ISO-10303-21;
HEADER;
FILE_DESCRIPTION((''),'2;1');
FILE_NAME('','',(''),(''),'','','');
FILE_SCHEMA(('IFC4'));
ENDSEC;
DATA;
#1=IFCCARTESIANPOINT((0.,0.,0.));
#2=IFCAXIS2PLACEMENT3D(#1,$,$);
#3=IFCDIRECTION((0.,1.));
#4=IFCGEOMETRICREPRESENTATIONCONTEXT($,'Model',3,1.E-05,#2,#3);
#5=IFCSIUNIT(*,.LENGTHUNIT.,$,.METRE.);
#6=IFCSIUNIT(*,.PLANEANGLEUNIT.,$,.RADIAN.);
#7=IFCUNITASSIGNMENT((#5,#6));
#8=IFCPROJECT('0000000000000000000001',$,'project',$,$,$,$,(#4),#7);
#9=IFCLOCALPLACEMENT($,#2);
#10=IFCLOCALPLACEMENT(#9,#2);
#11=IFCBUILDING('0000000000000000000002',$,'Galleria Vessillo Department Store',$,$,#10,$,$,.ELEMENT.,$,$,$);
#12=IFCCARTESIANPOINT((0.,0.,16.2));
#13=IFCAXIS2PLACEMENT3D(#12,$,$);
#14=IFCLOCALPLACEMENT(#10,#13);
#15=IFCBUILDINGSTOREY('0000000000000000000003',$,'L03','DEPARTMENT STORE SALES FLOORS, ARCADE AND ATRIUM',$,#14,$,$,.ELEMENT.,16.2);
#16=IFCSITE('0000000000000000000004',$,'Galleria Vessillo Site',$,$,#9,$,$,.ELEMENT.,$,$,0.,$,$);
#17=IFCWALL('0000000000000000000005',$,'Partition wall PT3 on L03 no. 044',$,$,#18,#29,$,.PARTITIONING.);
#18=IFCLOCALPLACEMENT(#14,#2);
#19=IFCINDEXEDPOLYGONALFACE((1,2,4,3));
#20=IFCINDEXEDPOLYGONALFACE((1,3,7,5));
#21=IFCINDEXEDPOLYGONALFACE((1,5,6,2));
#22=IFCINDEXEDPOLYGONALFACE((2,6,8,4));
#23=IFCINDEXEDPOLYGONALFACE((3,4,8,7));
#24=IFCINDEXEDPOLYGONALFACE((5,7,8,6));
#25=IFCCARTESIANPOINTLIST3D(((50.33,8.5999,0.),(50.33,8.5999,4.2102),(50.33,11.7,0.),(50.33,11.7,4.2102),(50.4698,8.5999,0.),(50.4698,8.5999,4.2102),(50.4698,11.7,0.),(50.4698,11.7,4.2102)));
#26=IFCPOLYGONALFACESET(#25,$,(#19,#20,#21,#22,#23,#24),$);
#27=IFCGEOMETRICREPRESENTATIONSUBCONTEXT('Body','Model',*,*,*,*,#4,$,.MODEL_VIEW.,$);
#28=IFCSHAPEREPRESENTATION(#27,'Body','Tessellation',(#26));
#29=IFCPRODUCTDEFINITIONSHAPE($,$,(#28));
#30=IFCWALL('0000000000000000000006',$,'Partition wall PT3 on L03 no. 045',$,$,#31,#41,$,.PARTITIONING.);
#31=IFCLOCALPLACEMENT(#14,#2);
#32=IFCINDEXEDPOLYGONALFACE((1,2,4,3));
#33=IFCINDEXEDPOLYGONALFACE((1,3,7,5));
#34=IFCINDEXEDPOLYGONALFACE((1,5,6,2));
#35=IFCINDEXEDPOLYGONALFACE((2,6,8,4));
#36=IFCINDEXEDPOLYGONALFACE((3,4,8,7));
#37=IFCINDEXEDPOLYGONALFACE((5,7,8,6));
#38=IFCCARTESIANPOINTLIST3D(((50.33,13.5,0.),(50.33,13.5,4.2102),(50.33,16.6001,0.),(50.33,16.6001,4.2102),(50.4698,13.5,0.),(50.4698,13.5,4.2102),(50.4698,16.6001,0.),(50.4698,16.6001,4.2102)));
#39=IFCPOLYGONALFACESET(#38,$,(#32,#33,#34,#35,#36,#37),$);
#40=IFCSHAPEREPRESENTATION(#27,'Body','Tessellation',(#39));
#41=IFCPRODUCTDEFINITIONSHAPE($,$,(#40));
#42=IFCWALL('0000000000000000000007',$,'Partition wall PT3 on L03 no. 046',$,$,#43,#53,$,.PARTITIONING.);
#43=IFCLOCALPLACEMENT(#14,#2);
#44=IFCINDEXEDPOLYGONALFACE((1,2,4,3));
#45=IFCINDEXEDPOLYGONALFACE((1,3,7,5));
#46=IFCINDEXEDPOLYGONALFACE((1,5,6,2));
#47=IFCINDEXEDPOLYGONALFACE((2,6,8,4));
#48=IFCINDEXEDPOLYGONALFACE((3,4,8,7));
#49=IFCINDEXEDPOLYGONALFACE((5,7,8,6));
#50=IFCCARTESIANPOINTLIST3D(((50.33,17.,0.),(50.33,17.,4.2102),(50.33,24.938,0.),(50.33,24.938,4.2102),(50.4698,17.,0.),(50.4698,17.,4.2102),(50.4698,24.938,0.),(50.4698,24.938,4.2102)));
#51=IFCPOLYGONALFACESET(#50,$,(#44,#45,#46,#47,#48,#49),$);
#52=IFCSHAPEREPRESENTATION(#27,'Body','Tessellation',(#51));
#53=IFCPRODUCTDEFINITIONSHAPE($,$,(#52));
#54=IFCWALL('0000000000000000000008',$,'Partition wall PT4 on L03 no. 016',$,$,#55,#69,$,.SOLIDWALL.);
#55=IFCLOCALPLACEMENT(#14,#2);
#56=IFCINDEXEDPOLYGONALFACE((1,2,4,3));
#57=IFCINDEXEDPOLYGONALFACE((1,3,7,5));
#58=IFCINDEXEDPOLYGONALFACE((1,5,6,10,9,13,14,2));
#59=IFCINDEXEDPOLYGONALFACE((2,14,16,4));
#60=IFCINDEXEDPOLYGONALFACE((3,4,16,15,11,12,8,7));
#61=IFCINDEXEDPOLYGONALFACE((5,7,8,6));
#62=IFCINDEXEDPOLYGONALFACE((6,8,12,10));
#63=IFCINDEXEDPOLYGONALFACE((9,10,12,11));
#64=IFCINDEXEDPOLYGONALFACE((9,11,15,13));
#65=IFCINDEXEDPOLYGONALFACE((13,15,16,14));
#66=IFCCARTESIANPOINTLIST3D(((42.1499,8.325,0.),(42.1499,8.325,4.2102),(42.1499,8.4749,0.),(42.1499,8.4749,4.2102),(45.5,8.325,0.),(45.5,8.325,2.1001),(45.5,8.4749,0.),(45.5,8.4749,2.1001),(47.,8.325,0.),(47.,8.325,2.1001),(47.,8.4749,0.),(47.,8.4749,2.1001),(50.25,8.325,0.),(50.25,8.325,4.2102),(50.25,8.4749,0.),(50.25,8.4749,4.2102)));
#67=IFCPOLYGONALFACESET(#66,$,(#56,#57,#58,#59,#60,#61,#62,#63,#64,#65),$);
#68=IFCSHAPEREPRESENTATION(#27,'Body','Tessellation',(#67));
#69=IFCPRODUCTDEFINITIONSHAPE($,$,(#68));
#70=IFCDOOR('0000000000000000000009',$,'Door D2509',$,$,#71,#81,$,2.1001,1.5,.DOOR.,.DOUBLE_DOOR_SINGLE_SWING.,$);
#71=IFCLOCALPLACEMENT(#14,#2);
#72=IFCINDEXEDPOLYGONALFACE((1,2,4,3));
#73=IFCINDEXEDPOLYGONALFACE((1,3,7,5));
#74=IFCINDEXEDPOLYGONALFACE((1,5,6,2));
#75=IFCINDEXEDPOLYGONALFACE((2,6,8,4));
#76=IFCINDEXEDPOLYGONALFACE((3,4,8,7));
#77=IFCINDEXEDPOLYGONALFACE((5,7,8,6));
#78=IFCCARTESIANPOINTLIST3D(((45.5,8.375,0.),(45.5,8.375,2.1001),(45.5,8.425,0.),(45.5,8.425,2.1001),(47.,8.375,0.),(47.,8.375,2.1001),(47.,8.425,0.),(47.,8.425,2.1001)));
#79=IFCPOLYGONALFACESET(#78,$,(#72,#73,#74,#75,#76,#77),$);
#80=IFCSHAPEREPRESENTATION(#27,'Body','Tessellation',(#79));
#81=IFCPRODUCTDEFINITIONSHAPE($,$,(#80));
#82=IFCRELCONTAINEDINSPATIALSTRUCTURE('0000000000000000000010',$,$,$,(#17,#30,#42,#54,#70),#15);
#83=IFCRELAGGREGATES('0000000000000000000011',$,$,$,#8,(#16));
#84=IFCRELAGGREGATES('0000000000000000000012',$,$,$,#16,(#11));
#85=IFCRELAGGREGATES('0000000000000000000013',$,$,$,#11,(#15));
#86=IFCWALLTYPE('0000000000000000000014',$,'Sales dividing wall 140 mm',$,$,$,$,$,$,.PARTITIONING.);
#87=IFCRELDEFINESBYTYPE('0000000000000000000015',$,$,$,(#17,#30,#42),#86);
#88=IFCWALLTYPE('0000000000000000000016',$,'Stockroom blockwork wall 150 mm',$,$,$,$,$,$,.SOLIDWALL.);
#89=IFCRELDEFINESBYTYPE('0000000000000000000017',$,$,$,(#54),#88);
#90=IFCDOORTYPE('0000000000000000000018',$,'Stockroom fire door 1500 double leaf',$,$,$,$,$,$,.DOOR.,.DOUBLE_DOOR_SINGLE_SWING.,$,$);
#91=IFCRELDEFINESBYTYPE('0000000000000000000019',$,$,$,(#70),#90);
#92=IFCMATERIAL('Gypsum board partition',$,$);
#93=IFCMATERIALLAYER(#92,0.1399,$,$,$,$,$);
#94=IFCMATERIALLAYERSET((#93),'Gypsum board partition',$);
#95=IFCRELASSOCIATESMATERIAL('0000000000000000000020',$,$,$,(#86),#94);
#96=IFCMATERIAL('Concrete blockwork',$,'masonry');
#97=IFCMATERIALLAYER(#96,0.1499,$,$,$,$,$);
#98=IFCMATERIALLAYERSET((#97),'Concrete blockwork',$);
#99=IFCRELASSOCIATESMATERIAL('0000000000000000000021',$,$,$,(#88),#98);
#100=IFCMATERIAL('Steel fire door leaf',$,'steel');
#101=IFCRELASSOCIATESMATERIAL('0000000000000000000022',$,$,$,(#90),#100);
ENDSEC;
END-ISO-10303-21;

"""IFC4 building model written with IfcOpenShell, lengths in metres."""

from ifc_helpers import new_model, si_unit, direction, frame, frame_2d, origin, place, context, subcontext, project, spatial, rectangle, extrude, material, layer, layer_set, type_object, element, fill, save


model = new_model("IFC4")

# Units and contexts
model_context = context("Model", 3, precision=1e-05, world=origin(), true_north=direction((0.0, 1.0)))
body_context = subcontext(model_context, "Body", "Model", "MODEL_VIEW")
ifc_project = project(units=[si_unit("LENGTHUNIT", "METRE"), si_unit("PLANEANGLEUNIT", "RADIAN")], contexts=[model_context])

# Site, building, storey
site_placement = place(None, origin())
site = spatial("IfcSite", under=ifc_project, at=site_placement, Name="Galleria Vessillo Site", CompositionType="ELEMENT", RefElevation=0.0)
building_placement = place(site_placement, origin())
building = spatial("IfcBuilding", under=site, at=building_placement, Name="Galleria Vessillo Department Store", CompositionType="ELEMENT")
storey_placement = place(building_placement, frame((0.0, 0.0, 16.2)))
storey = spatial("IfcBuildingStorey", under=building, at=storey_placement, Name="L03", Description="DEPARTMENT STORE SALES FLOORS, ARCADE AND ATRIUM", CompositionType="ELEMENT", Elevation=16.2)

# Walls
ifc_material_1 = material(Name="Gypsum board partition")
ifc_layer_1 = layer(ifc_material_1, 0.1399)
ifc_layer_set_1 = layer_set([ifc_layer_1], Name="Gypsum board partition")
wall_type_1 = type_object("IfcWallType", Name="Sales dividing wall 140 mm", PredefinedType="PARTITIONING", material=ifc_layer_set_1)
for number, where, z_axis, x_axis, name in (
    (1, (50.3999, 8.5999, 0.0), (0.0, 0.0, 1.0), (0.0, 1.0, 0.0), "Partition wall PT3 on L03 no. 044"),
    (2, (50.3999, 13.5, 0.0), (0.0, 0.0, 1.0), (0.0, 1.0, 0.0), "Partition wall PT3 on L03 no. 045"),
):
    element("IfcWall", number, at=place(storey_placement, frame(where, z_axis=z_axis, x_axis=x_axis)), inside=storey, type_object=wall_type_1, Name=name, PredefinedType="PARTITIONING", context=body_context, shape_type="SweptSolid", body=[
        extrude(rectangle(XDim=3.1001, YDim=0.1399, at=frame_2d((1.55, 0.0))), origin(), (0.0, 0.0, 1.0), 4.2102),
    ])
wall_1_placement = place(storey_placement, frame((50.3999, 17.0, 0.0), z_axis=(0.0, 0.0, 1.0), x_axis=(0.0, 1.0, 0.0)))
element("IfcWall", 3, at=wall_1_placement, inside=storey, type_object=wall_type_1, Name="Partition wall PT3 on L03 no. 046", PredefinedType="PARTITIONING", context=body_context, shape_type="SweptSolid", body=[
    extrude(rectangle(XDim=7.938, YDim=0.1399, at=frame_2d((3.969, 0.0))), origin(), (0.0, 0.0, 1.0), 4.2102),
])

# Wall, opening, door
ifc_material_2 = material(Name="Concrete blockwork", Category="masonry")
ifc_layer_2 = layer(ifc_material_2, 0.1499)
ifc_layer_set_2 = layer_set([ifc_layer_2], Name="Concrete blockwork")
wall_type_2 = type_object("IfcWallType", Name="Stockroom blockwork wall 150 mm", PredefinedType="SOLIDWALL", material=ifc_layer_set_2)
wall_2_placement = place(storey_placement, frame((42.1499, 8.3999, 0.0), z_axis=(0.0, 0.0, 1.0), x_axis=(1.0, 0.0, 0.0)))
wall_2 = element("IfcWall", 4, at=wall_2_placement, inside=storey, type_object=wall_type_2, Name="Partition wall PT4 on L03 no. 016", PredefinedType="SOLIDWALL", context=body_context, shape_type="SweptSolid", body=[
    extrude(rectangle(XDim=8.1001, YDim=0.1499, at=frame_2d((4.05, 0.0))), origin(), (0.0, 0.0, 1.0), 4.2102),
])
opening_1_placement = place(wall_2_placement, frame((3.3501, 0.0, 0.0)))
opening_1 = element("IfcOpeningElement", 5, at=opening_1_placement, cuts=wall_2, PredefinedType="OPENING", context=body_context, shape_type="SweptSolid", body=[
    extrude(rectangle(XDim=1.5, YDim=2.1001, at=frame_2d((0.75, 1.05))), frame((0.0, 0.085, 0.0), z_axis=(0.0, -1.0, 0.0), x_axis=(1.0, 0.0, 0.0)), (0.0, 0.0, 1.0), 0.1699),
])
ifc_material_3 = material(Name="Steel fire door leaf", Category="steel")
door_type_1 = type_object("IfcDoorType", Name="Stockroom fire door 1500 double leaf", OperationType="DOUBLE_DOOR_SINGLE_SWING", PredefinedType="DOOR", material=ifc_material_3)
door_1_placement = place(opening_1_placement, frame((1.5, 0.0, 0.0), z_axis=(0.0, 0.0, 1.0), x_axis=(-1.0, 0.0, 0.0)))
door_1 = element("IfcDoor", 6, at=door_1_placement, inside=storey, type_object=door_type_1, Name="Door D2509", OperationType="DOUBLE_DOOR_SINGLE_SWING", OverallHeight=2.1001, OverallWidth=1.5, PredefinedType="DOOR", context=body_context, shape_type="SweptSolid", body=[
    extrude(rectangle(XDim=1.5, YDim=2.1001, at=frame_2d((0.75, 1.05))), frame((0.0, 0.0249, 0.0), z_axis=(0.0, -1.0, 0.0), x_axis=(1.0, 0.0, 0.0)), (0.0, 0.0, 1.0), 0.05),
])
fill(opening_1, door_1)

save(model, "model.ifc")
